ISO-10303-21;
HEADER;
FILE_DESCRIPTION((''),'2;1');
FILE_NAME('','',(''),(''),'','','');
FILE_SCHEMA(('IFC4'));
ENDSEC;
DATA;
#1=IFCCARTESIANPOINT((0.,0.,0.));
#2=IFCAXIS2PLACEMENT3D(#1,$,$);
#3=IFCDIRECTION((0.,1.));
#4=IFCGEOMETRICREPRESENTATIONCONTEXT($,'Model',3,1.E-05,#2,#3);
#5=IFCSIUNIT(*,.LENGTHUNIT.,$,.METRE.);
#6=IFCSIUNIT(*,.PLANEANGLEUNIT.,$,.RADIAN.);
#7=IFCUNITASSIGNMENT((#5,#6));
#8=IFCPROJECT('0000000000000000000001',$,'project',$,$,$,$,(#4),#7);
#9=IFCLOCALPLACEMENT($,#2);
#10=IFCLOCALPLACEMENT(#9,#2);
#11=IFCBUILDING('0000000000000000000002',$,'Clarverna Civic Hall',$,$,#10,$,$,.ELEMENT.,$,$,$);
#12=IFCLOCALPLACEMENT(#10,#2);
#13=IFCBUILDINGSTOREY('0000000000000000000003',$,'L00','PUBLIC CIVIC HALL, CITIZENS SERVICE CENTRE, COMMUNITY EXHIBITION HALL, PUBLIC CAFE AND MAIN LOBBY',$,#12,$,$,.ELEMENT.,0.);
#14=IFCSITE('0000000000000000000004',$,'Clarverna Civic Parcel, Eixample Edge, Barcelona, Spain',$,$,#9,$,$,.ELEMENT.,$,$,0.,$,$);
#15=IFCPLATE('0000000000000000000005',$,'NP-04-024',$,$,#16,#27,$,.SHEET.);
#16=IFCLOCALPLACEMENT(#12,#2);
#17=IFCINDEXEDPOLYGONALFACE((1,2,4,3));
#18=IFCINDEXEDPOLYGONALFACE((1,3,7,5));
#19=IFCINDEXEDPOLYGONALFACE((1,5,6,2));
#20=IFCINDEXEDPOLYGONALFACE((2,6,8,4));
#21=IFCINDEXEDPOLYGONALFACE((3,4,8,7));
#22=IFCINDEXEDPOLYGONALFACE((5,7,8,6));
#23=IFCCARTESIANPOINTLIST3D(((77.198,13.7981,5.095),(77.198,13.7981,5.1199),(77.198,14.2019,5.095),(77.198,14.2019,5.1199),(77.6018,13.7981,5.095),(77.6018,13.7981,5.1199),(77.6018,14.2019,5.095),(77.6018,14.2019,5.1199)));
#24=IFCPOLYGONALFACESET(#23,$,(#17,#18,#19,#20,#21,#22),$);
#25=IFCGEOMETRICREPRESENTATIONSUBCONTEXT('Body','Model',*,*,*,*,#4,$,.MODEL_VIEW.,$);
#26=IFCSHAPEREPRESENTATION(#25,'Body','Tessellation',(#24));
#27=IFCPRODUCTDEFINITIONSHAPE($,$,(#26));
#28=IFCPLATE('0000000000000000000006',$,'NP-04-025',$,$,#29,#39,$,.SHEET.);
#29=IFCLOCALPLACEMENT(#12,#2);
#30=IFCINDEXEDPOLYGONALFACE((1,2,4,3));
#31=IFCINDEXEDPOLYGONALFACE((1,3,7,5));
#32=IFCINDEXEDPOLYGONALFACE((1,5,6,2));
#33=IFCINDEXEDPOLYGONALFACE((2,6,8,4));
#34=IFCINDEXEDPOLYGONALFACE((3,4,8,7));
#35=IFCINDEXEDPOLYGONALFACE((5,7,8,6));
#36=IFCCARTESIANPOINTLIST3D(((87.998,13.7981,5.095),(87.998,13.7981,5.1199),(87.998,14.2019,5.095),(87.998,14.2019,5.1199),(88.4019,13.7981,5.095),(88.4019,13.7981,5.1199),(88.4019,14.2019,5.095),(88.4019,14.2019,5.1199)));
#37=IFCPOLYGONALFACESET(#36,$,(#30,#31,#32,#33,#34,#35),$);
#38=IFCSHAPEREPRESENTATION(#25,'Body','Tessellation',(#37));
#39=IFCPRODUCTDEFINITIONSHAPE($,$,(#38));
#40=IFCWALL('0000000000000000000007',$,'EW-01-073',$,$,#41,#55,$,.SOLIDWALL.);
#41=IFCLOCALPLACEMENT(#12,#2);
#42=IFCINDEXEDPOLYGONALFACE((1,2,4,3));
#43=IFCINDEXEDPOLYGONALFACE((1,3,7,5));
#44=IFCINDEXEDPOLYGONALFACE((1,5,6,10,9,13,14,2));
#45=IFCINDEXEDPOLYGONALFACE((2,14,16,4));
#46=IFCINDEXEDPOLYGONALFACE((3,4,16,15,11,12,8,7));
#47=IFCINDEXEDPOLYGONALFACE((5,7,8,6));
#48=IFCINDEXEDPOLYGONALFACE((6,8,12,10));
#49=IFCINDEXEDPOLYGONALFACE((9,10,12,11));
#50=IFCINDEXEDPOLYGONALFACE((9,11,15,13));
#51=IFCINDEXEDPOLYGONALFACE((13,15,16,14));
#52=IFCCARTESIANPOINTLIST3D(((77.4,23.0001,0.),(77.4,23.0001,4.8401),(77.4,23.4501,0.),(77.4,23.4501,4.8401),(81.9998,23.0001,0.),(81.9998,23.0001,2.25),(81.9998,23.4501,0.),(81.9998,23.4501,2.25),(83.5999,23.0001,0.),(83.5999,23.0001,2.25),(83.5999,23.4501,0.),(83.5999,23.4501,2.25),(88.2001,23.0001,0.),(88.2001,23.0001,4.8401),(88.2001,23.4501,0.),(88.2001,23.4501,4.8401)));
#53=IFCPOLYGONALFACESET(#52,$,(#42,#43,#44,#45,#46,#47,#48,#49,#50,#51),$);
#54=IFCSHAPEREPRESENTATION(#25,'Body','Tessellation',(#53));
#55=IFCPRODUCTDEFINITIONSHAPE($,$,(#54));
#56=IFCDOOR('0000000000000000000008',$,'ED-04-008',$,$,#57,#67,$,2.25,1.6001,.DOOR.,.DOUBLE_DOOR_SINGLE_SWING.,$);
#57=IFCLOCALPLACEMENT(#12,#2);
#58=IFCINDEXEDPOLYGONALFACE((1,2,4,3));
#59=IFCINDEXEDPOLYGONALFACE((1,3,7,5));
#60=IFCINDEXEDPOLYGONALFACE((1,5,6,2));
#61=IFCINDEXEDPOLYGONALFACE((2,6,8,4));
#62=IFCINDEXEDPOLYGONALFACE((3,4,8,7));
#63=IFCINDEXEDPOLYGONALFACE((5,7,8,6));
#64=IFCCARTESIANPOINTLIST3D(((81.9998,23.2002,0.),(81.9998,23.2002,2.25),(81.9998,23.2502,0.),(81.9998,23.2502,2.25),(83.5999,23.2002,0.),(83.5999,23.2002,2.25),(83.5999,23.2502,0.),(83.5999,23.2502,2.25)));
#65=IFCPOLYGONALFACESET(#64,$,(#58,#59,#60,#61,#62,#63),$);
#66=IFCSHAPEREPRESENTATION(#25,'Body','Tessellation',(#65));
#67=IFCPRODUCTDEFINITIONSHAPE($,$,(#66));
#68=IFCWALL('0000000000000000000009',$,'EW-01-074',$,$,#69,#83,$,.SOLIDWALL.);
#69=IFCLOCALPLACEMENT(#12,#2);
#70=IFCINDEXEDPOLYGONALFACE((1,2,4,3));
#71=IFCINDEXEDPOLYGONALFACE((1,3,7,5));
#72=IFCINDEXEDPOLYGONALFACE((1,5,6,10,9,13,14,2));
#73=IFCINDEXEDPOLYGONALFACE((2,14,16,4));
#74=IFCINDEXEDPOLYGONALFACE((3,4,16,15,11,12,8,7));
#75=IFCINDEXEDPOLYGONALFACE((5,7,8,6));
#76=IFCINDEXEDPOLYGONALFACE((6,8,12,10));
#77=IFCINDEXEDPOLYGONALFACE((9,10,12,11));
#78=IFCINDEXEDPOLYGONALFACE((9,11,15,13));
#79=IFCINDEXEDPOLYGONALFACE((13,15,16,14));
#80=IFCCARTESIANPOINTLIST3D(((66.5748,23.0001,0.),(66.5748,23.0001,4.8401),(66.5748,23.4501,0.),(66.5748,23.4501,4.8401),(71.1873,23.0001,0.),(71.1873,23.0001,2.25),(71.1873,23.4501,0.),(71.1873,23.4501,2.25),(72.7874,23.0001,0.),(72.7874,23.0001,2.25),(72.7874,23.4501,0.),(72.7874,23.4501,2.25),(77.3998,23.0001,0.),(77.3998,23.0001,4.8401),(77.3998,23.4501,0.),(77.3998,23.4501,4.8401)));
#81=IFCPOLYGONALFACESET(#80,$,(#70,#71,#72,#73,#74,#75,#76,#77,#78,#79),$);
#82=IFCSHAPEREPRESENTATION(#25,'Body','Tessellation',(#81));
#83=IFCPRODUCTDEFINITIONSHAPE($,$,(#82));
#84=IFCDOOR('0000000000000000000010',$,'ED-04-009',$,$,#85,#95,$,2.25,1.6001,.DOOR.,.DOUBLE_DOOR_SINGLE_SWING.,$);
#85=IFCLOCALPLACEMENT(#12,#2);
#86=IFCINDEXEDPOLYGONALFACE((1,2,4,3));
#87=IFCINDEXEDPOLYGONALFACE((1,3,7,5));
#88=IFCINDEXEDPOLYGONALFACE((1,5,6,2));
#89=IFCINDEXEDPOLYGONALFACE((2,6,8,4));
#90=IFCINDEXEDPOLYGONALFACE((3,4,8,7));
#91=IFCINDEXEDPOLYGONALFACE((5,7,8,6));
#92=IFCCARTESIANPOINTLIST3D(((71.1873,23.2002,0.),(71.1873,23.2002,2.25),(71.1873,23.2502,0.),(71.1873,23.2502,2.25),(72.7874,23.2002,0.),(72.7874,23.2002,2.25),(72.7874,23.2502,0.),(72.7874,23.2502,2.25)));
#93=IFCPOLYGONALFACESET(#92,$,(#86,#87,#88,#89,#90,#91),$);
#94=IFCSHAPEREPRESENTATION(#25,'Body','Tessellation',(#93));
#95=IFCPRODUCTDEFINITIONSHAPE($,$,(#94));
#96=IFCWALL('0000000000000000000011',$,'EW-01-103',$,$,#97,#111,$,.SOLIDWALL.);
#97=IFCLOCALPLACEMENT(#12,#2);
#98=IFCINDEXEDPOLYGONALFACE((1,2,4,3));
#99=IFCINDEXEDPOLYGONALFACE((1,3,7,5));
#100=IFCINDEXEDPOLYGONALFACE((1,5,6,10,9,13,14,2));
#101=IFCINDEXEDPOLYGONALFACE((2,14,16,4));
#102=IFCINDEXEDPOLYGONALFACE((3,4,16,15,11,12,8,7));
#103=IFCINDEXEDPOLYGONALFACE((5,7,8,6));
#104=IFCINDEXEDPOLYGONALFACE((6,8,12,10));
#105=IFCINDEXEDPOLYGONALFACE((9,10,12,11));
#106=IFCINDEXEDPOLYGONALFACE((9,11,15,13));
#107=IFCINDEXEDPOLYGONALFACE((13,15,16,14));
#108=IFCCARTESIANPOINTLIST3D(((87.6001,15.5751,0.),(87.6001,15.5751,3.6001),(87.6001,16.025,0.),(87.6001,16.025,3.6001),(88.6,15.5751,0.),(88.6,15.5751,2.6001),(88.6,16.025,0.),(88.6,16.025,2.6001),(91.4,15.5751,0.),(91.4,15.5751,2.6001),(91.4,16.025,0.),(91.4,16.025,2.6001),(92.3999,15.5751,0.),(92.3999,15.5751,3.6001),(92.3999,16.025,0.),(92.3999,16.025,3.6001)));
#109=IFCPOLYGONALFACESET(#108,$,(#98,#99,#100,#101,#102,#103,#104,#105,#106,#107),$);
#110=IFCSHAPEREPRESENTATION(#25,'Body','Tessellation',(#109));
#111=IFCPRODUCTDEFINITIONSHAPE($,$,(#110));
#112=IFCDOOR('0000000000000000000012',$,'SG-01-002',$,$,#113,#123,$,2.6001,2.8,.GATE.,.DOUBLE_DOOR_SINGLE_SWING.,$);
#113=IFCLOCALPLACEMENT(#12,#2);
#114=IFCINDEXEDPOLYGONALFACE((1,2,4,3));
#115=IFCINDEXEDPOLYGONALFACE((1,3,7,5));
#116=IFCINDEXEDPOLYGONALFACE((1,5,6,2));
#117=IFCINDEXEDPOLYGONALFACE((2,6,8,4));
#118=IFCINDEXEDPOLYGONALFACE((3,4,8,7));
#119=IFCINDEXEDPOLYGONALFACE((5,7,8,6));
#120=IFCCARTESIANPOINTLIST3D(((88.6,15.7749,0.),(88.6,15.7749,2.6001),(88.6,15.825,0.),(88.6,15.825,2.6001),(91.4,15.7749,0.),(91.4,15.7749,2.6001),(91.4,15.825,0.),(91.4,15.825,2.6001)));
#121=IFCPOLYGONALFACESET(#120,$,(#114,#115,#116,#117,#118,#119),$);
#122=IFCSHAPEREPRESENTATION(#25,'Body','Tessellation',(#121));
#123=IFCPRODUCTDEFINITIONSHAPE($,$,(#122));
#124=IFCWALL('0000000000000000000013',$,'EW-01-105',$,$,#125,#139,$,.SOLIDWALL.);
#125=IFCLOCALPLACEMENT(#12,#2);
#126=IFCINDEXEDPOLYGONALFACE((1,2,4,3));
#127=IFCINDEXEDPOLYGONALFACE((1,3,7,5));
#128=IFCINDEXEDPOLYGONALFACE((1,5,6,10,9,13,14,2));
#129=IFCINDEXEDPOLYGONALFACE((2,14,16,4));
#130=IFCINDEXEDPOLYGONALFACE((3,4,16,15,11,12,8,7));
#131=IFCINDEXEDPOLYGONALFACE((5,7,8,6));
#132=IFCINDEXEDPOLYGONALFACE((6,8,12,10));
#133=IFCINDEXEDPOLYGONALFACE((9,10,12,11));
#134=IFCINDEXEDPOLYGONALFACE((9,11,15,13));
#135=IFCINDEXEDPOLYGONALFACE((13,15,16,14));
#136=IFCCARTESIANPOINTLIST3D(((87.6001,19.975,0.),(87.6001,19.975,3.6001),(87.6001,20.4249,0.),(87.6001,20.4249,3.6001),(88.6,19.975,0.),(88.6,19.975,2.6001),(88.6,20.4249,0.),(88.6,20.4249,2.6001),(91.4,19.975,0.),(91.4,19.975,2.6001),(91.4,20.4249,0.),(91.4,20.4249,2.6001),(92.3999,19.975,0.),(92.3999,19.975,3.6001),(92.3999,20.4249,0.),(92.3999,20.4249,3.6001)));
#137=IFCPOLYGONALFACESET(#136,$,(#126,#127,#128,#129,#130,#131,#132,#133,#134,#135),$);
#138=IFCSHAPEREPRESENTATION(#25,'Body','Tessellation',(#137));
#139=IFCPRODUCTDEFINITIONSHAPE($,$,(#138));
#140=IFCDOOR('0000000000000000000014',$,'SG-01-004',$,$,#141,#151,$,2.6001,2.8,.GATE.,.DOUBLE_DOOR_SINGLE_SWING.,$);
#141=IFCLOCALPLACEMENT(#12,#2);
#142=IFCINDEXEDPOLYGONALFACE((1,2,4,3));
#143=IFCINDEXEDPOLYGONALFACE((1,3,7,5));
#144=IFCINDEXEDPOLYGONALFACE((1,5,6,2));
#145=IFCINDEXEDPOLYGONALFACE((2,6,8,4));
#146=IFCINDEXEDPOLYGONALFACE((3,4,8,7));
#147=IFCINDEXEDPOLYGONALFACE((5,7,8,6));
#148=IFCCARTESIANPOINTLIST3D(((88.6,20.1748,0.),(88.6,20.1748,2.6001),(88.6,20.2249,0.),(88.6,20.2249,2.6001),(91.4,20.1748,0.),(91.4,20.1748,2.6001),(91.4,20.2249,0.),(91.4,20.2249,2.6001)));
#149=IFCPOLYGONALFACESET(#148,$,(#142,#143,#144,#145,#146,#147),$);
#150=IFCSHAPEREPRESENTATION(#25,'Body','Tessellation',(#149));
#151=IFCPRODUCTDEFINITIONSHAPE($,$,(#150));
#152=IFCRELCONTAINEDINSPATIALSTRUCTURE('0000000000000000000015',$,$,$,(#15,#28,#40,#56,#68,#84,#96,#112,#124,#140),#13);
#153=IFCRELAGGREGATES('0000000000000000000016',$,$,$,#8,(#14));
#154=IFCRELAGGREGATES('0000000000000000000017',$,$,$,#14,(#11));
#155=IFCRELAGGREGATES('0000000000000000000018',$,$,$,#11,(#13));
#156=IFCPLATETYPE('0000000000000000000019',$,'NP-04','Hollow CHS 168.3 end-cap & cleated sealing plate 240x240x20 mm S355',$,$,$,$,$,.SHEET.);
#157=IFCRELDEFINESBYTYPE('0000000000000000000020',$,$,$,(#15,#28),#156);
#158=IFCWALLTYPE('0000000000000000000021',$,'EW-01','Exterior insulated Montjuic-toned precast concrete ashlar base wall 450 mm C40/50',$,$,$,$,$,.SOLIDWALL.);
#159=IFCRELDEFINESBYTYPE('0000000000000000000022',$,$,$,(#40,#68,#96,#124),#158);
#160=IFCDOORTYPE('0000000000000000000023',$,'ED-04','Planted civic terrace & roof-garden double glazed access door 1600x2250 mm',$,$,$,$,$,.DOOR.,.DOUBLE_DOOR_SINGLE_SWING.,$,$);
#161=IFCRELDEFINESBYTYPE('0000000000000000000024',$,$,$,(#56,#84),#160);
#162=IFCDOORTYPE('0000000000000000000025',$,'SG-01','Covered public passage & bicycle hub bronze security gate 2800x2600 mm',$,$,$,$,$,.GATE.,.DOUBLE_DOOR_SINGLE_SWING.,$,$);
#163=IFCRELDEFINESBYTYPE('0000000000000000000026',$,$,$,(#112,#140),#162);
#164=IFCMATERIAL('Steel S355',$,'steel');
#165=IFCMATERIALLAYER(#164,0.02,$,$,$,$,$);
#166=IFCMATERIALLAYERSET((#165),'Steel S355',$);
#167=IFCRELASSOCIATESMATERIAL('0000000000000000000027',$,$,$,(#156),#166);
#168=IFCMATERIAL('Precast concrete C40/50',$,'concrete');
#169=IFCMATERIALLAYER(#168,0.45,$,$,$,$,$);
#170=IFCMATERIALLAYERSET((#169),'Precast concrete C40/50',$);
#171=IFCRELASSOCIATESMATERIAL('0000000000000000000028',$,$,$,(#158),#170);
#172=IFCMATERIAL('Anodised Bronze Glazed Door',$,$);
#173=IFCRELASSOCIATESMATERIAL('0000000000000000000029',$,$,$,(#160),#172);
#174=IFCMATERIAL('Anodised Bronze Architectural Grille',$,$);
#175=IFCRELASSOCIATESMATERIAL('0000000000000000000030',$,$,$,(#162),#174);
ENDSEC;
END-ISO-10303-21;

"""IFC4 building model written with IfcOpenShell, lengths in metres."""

from ifc_helpers import new_model, si_unit, direction, frame, frame_2d, origin, origin_2d, place, context, subcontext, project, spatial, rectangle, extrude, material, layer, layer_set, type_object, element, fill, save


model = new_model("IFC4")

# Units and contexts
model_context = context("Model", 3, precision=1e-05, world=origin(), true_north=direction((0.0, 1.0)))
body_context = subcontext(model_context, "Body", "Model", "MODEL_VIEW")
ifc_project = project(units=[si_unit("LENGTHUNIT", "METRE"), si_unit("PLANEANGLEUNIT", "RADIAN")], contexts=[model_context])

# Site, building, storey
site_placement = place(None, origin())
site = spatial("IfcSite", under=ifc_project, at=site_placement, Name="Clarverna Civic Parcel, Eixample Edge, Barcelona, Spain", CompositionType="ELEMENT", RefElevation=0.0)
building_placement = place(site_placement, origin())
building = spatial("IfcBuilding", under=site, at=building_placement, Name="Clarverna Civic Hall", CompositionType="ELEMENT")
storey_placement = place(building_placement, origin())
storey = spatial("IfcBuildingStorey", under=building, at=storey_placement, Name="L00", Description="PUBLIC CIVIC HALL, CITIZENS SERVICE CENTRE, COMMUNITY EXHIBITION HALL, PUBLIC CAFE AND MAIN LOBBY", CompositionType="ELEMENT", Elevation=0.0)

# Shared definitions
ifc_material_1 = material(Name="Precast concrete C40/50", Category="concrete")
ifc_material_2 = material(Name="Steel S355", Category="steel")

# Plates
ifc_layer_1 = layer(ifc_material_2, 0.02)
ifc_layer_set_1 = layer_set([ifc_layer_1], Name="Steel S355")
plate_type = type_object("IfcPlateType", Name="NP-04", Description="Hollow CHS 168.3 end-cap & cleated sealing plate 240x240x20 mm S355", PredefinedType="SHEET", material=ifc_layer_set_1)
for number, where, z_axis, x_axis, name in (
    (1, (77.3999, 14.0, 5.095), (0.0, 0.0, 1.0), (1.0, 0.0, 0.0), "NP-04-024"),
    (2, (88.2, 14.0, 5.095), (0.0, 0.0, 1.0), (1.0, 0.0, 0.0), "NP-04-025"),
):
    element("IfcPlate", number, at=place(storey_placement, frame(where, z_axis=z_axis, x_axis=x_axis)), inside=storey, type_object=plate_type, Name=name, PredefinedType="SHEET", context=body_context, shape_type="SweptSolid", body=[
        extrude(rectangle(XDim=0.4038, YDim=0.4038, at=origin_2d()), origin(), (0.0, 0.0, 1.0), 0.0249),
    ])

# Walls, openings, doors
ifc_layer_2 = layer(ifc_material_1, 0.45)
ifc_layer_set_2 = layer_set([ifc_layer_2], Name="Precast concrete C40/50")
wall_type_1 = type_object("IfcWallType", Name="EW-01", Description="Exterior insulated Montjuic-toned precast concrete ashlar base wall 450 mm C40/50", PredefinedType="SOLIDWALL", material=ifc_layer_set_2)
wall_1_placement = place(storey_placement, frame((88.2, 23.2251, 0.0), z_axis=(0.0, 0.0, 1.0), x_axis=(-1.0, 0.0, 0.0)))
wall_1 = element("IfcWall", 3, at=wall_1_placement, inside=storey, type_object=wall_type_1, Name="EW-01-073", PredefinedType="SOLIDWALL", context=body_context, shape_type="SweptSolid", body=[
    extrude(rectangle(XDim=10.8, YDim=0.45, at=frame_2d((5.3999, 0.0))), origin(), (0.0, 0.0, 1.0), 4.8401),
])
opening_1_placement = place(wall_1_placement, frame((4.6001, 0.0, 0.0)))
opening_1 = element("IfcOpeningElement", 4, at=opening_1_placement, cuts=wall_1, PredefinedType="OPENING", context=body_context, shape_type="SweptSolid", body=[
    extrude(rectangle(XDim=1.6001, YDim=2.25, at=frame_2d((0.8, 1.125))), frame((0.0, 0.2349, 0.0), z_axis=(0.0, -1.0, 0.0), x_axis=(1.0, 0.0, 0.0)), (0.0, 0.0, 1.0), 0.47),
])
ifc_material_3 = material(Name="Anodised Bronze Glazed Door")
door_type_1 = type_object("IfcDoorType", Name="ED-04", Description="Planted civic terrace & roof-garden double glazed access door 1600x2250 mm", OperationType="DOUBLE_DOOR_SINGLE_SWING", PredefinedType="DOOR", material=ifc_material_3)
door_1_placement = place(opening_1_placement, origin())
door_1 = element("IfcDoor", 5, at=door_1_placement, inside=storey, type_object=door_type_1, Name="ED-04-008", OperationType="DOUBLE_DOOR_SINGLE_SWING", OverallHeight=2.25, OverallWidth=1.6001, PredefinedType="DOOR", context=body_context, shape_type="SweptSolid", body=[
    extrude(rectangle(XDim=1.6001, YDim=2.25, at=frame_2d((0.8, 1.125))), frame((0.0, 0.0249, 0.0), z_axis=(0.0, -1.0, 0.0), x_axis=(1.0, 0.0, 0.0)), (0.0, 0.0, 1.0), 0.05),
])
fill(opening_1, door_1)
wall_2_placement = place(storey_placement, frame((77.3999, 23.2251, 0.0), z_axis=(0.0, 0.0, 1.0), x_axis=(-1.0, 0.0, 0.0)))
wall_2 = element("IfcWall", 6, at=wall_2_placement, inside=storey, type_object=wall_type_1, Name="EW-01-074", PredefinedType="SOLIDWALL", context=body_context, shape_type="SweptSolid", body=[
    extrude(rectangle(XDim=10.825, YDim=0.45, at=frame_2d((5.4126, 0.0))), origin(), (0.0, 0.0, 1.0), 4.8401),
])
opening_2_placement = place(wall_2_placement, frame((4.6125, 0.0, 0.0)))
opening_2 = element("IfcOpeningElement", 7, at=opening_2_placement, cuts=wall_2, PredefinedType="OPENING", context=body_context, shape_type="SweptSolid", body=[
    extrude(rectangle(XDim=1.6001, YDim=2.25, at=frame_2d((0.8, 1.125))), frame((0.0, 0.2349, 0.0), z_axis=(0.0, -1.0, 0.0), x_axis=(1.0, 0.0, 0.0)), (0.0, 0.0, 1.0), 0.47),
])
door_2_placement = place(opening_2_placement, origin())
door_2 = element("IfcDoor", 8, at=door_2_placement, inside=storey, type_object=door_type_1, Name="ED-04-009", OperationType="DOUBLE_DOOR_SINGLE_SWING", OverallHeight=2.25, OverallWidth=1.6001, PredefinedType="DOOR", context=body_context, shape_type="SweptSolid", body=[
    extrude(rectangle(XDim=1.6001, YDim=2.25, at=frame_2d((0.8, 1.125))), frame((0.0, 0.0249, 0.0), z_axis=(0.0, -1.0, 0.0), x_axis=(1.0, 0.0, 0.0)), (0.0, 0.0, 1.0), 0.05),
])
fill(opening_2, door_2)
wall_3_placement = place(storey_placement, frame((87.6001, 15.8, 0.0), z_axis=(0.0, 0.0, 1.0), x_axis=(1.0, 0.0, 0.0)))
wall_3 = element("IfcWall", 9, at=wall_3_placement, inside=storey, type_object=wall_type_1, Name="EW-01-103", PredefinedType="SOLIDWALL", context=body_context, shape_type="SweptSolid", body=[
    extrude(rectangle(XDim=4.7998, YDim=0.45, at=frame_2d((2.3999, 0.0))), origin(), (0.0, 0.0, 1.0), 3.6001),
])
opening_3_placement = place(wall_3_placement, frame((1.0, 0.0, 0.0)))
opening_3 = element("IfcOpeningElement", 10, at=opening_3_placement, cuts=wall_3, PredefinedType="OPENING", context=body_context, shape_type="SweptSolid", body=[
    extrude(rectangle(XDim=2.8, YDim=2.6001, at=frame_2d((1.3999, 1.3))), frame((0.0, 0.2349, 0.0), z_axis=(0.0, -1.0, 0.0), x_axis=(1.0, 0.0, 0.0)), (0.0, 0.0, 1.0), 0.47),
])
ifc_material_4 = material(Name="Anodised Bronze Architectural Grille")
door_type_2 = type_object("IfcDoorType", Name="SG-01", Description="Covered public passage & bicycle hub bronze security gate 2800x2600 mm", OperationType="DOUBLE_DOOR_SINGLE_SWING", PredefinedType="GATE", material=ifc_material_4)
door_3_placement = place(opening_3_placement, origin())
door_3 = element("IfcDoor", 11, at=door_3_placement, inside=storey, type_object=door_type_2, Name="SG-01-002", OperationType="DOUBLE_DOOR_SINGLE_SWING", OverallHeight=2.6001, OverallWidth=2.8, PredefinedType="GATE", context=body_context, shape_type="SweptSolid", body=[
    extrude(rectangle(XDim=2.8, YDim=2.6001, at=frame_2d((1.3999, 1.3))), frame((0.0, 0.0249, 0.0), z_axis=(0.0, -1.0, 0.0), x_axis=(1.0, 0.0, 0.0)), (0.0, 0.0, 1.0), 0.05),
])
fill(opening_3, door_3)
wall_4_placement = place(storey_placement, frame((87.6001, 20.2, 0.0), z_axis=(0.0, 0.0, 1.0), x_axis=(1.0, 0.0, 0.0)))
wall_4 = element("IfcWall", 12, at=wall_4_placement, inside=storey, type_object=wall_type_1, Name="EW-01-105", PredefinedType="SOLIDWALL", context=body_context, shape_type="SweptSolid", body=[
    extrude(rectangle(XDim=4.7998, YDim=0.45, at=frame_2d((2.3999, 0.0))), origin(), (0.0, 0.0, 1.0), 3.6001),
])
opening_4_placement = place(wall_4_placement, frame((1.0, 0.0, 0.0)))
opening_4 = element("IfcOpeningElement", 13, at=opening_4_placement, cuts=wall_4, PredefinedType="OPENING", context=body_context, shape_type="SweptSolid", body=[
    extrude(rectangle(XDim=2.8, YDim=2.6001, at=frame_2d((1.3999, 1.3))), frame((0.0, 0.2349, 0.0), z_axis=(0.0, -1.0, 0.0), x_axis=(1.0, 0.0, 0.0)), (0.0, 0.0, 1.0), 0.47),
])
door_4_placement = place(opening_4_placement, origin())
door_4 = element("IfcDoor", 14, at=door_4_placement, inside=storey, type_object=door_type_2, Name="SG-01-004", OperationType="DOUBLE_DOOR_SINGLE_SWING", OverallHeight=2.6001, OverallWidth=2.8, PredefinedType="GATE", context=body_context, shape_type="SweptSolid", body=[
    extrude(rectangle(XDim=2.8, YDim=2.6001, at=frame_2d((1.3999, 1.3))), frame((0.0, 0.0249, 0.0), z_axis=(0.0, -1.0, 0.0), x_axis=(1.0, 0.0, 0.0)), (0.0, 0.0, 1.0), 0.05),
])
fill(opening_4, door_4)

save(model, "model.ifc")
